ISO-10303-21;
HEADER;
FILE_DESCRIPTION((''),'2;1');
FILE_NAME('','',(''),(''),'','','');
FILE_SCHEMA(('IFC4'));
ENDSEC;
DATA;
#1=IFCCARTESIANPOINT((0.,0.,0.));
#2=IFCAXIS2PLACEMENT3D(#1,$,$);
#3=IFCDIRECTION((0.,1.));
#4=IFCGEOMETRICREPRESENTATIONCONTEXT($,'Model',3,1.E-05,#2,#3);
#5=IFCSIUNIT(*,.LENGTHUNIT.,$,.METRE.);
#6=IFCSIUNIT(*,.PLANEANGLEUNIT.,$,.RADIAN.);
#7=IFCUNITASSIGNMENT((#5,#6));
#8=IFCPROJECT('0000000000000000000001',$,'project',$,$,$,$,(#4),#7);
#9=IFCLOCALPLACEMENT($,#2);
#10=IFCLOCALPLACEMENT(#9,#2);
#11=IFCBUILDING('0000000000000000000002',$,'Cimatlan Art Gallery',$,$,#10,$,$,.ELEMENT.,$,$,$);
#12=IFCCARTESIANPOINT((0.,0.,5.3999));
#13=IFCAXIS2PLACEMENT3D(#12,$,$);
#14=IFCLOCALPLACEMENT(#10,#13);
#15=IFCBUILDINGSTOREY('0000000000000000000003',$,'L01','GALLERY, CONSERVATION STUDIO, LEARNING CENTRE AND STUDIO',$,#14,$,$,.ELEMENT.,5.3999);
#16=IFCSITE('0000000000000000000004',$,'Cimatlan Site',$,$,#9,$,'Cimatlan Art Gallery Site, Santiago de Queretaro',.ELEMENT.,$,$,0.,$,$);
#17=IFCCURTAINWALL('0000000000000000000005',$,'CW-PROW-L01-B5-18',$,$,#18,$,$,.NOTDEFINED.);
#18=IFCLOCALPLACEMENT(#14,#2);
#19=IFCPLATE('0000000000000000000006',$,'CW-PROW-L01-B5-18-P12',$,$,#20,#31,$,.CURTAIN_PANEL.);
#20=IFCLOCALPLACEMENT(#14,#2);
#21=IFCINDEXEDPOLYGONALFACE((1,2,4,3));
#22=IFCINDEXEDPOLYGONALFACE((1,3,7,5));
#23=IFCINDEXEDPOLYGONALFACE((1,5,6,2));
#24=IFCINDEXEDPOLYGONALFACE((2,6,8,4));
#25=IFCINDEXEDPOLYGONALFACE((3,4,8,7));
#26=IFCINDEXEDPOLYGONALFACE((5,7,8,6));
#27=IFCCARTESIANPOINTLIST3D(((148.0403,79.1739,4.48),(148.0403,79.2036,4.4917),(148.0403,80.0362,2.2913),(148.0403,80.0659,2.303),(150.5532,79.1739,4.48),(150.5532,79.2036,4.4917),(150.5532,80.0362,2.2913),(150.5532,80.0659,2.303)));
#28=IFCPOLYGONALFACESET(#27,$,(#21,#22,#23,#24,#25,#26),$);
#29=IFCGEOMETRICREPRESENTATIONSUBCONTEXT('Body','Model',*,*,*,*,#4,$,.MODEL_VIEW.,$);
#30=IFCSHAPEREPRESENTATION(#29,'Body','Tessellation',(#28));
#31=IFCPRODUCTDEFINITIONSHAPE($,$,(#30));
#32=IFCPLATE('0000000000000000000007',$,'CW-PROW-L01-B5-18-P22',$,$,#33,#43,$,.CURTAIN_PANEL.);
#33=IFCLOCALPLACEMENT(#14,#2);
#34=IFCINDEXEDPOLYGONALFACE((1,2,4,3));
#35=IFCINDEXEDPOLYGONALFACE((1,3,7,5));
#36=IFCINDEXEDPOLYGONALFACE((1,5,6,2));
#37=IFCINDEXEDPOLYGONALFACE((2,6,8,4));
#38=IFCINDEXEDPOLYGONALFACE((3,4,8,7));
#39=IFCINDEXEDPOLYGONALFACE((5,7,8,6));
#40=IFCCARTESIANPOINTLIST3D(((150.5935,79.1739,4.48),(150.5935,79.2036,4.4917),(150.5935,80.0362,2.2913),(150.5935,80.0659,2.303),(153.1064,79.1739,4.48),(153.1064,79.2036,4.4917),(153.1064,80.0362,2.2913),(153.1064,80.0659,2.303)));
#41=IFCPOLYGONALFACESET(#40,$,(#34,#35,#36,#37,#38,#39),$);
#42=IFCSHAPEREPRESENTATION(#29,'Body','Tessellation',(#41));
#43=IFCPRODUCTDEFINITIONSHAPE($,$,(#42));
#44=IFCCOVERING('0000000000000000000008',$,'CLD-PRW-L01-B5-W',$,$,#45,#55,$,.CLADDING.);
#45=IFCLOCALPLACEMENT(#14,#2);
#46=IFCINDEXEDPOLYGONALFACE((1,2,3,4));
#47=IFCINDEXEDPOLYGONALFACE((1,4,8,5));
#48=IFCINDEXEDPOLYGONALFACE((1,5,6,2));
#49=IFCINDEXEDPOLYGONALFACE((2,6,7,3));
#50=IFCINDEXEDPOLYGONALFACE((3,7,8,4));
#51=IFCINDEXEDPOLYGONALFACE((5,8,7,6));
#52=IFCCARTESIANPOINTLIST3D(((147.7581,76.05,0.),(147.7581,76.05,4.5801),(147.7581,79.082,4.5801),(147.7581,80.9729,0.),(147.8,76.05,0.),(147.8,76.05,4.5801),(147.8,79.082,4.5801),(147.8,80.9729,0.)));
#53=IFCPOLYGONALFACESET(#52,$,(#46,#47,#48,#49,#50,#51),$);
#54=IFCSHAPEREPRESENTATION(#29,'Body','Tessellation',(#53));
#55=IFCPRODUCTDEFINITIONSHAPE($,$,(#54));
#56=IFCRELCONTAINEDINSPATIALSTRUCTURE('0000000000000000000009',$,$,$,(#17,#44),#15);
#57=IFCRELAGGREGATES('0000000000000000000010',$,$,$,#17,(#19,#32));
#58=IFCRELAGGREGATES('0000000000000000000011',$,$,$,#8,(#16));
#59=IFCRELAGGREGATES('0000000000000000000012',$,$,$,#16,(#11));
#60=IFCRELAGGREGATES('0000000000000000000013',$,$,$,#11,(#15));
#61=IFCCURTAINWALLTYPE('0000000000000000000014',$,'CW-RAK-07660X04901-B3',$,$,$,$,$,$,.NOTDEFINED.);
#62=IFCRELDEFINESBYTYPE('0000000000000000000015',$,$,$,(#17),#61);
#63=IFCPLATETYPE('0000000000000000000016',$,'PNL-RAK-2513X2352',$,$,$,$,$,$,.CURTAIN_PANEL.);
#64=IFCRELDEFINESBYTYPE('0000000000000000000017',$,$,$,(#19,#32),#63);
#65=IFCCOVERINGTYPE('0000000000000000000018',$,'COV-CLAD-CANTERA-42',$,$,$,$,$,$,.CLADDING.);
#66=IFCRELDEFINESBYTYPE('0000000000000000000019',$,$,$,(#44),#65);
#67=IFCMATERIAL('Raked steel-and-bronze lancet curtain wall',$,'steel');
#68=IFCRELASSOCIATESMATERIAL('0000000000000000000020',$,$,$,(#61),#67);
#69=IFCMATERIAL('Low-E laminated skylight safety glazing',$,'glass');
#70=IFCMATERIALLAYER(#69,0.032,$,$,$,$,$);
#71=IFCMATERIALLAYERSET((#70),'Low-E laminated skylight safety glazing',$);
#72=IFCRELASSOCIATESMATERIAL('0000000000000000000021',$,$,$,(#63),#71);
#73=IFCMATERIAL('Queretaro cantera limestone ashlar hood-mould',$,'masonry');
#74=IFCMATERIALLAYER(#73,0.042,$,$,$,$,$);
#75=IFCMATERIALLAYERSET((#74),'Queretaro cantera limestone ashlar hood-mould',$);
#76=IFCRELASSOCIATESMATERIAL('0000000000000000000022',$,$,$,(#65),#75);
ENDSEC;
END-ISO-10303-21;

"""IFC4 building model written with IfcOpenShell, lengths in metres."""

from ifc_helpers import new_model, si_unit, direction, frame, origin, place, context, subcontext, project, spatial, polyline, outline, extrude, material, layer, layer_set, type_object, element, aggregate, save


model = new_model("IFC4")

# Units and contexts
model_context = context("Model", 3, precision=1e-05, world=origin(), true_north=direction((0.0, 1.0)))
body_context = subcontext(model_context, "Body", "Model", "MODEL_VIEW")
ifc_project = project(units=[si_unit("LENGTHUNIT", "METRE"), si_unit("PLANEANGLEUNIT", "RADIAN")], contexts=[model_context])

# Site, building, storey
site_placement = place(None, origin())
site = spatial("IfcSite", under=ifc_project, at=site_placement, Name="Cimatlan Site", LongName="Cimatlan Art Gallery Site, Santiago de Queretaro", CompositionType="ELEMENT", RefElevation=0.0)
building_placement = place(site_placement, origin())
building = spatial("IfcBuilding", under=site, at=building_placement, Name="Cimatlan Art Gallery", CompositionType="ELEMENT")
storey_placement = place(building_placement, frame((0.0, 0.0, 5.3999)))
storey = spatial("IfcBuildingStorey", under=building, at=storey_placement, Name="L01", Description="GALLERY, CONSERVATION STUDIO, LEARNING CENTRE AND STUDIO", CompositionType="ELEMENT", Elevation=5.3999)

# Curtain wall
ifc_material_1 = material(Name="Raked steel-and-bronze lancet curtain wall", Category="steel")
curtain_wall_type_1 = type_object("IfcCurtainWallType", Name="CW-RAK-07660X04901-B3", PredefinedType="NOTDEFINED", material=ifc_material_1)
curtain_wall_1_placement = place(storey_placement, origin())
curtain_wall_1 = element("IfcCurtainWall", 1, at=curtain_wall_1_placement, inside=storey, type_object=curtain_wall_type_1, Name="CW-PROW-L01-B5-18", PredefinedType="NOTDEFINED")

# Plates
ifc_material_2 = material(Name="Low-E laminated skylight safety glazing", Category="glass")
ifc_layer_1 = layer(ifc_material_2, 0.032)
ifc_layer_set_1 = layer_set([ifc_layer_1], Name="Low-E laminated skylight safety glazing")
plate_type_1 = type_object("IfcPlateType", Name="PNL-RAK-2513X2352", PredefinedType="CURTAIN_PANEL", material=ifc_layer_set_1)
plate_1_placement = place(storey_placement, frame((148.0403, 80.0659, 2.303), z_axis=(0.0, 0.930397, 0.366554), x_axis=(1.0, 0.0, 0.0)))
plate_1 = element("IfcPlate", 2, at=plate_1_placement, type_object=plate_type_1, Name="CW-PROW-L01-B5-18-P12", PredefinedType="CURTAIN_PANEL", context=body_context, shape_type="SweptSolid", body=[
    extrude(outline(polyline([(0.0, 0.0), (2.5129, 0.0), (2.5129, -2.3525), (0.0, -2.3525), (0.0, 0.0)])), origin(), (0.0, 0.0, -1.0), 0.032),
])
plate_2_placement = place(storey_placement, frame((150.5935, 80.0659, 2.303), z_axis=(0.0, 0.930397, 0.366554), x_axis=(1.0, 0.0, 0.0)))
plate_2 = element("IfcPlate", 3, at=plate_2_placement, type_object=plate_type_1, Name="CW-PROW-L01-B5-18-P22", PredefinedType="CURTAIN_PANEL", context=body_context, shape_type="SweptSolid", body=[
    extrude(outline(polyline([(0.0, 0.0), (2.5129, 0.0), (2.5129, -2.3525), (0.0, -2.3525), (0.0, 0.0)])), origin(), (0.0, 0.0, -1.0), 0.032),
])
aggregate(curtain_wall_1, [plate_1, plate_2])

# Covering
ifc_material_3 = material(Name="Queretaro cantera limestone ashlar hood-mould", Category="masonry")
ifc_layer_2 = layer(ifc_material_3, 0.042)
ifc_layer_set_2 = layer_set([ifc_layer_2], Name="Queretaro cantera limestone ashlar hood-mould")
covering_type = type_object("IfcCoveringType", Name="COV-CLAD-CANTERA-42", PredefinedType="CLADDING", material=ifc_layer_set_2)
covering_placement = place(storey_placement, frame((147.8, 76.05, 0.0), z_axis=(1.0, 0.0, 0.0), x_axis=(0.0, 1.0, 0.0)))
element("IfcCovering", 4, at=covering_placement, inside=storey, type_object=covering_type, Name="CLD-PRW-L01-B5-W", PredefinedType="CLADDING", context=body_context, shape_type="SweptSolid", body=[
    extrude(outline(polyline([(0.0, 0.0), (4.9229, 0.0), (3.032, 4.5801), (0.0, 4.5801), (0.0, 0.0)])), origin(), (0.0, 0.0, -1.0), 0.042),
])

save(model, "model.ifc")
